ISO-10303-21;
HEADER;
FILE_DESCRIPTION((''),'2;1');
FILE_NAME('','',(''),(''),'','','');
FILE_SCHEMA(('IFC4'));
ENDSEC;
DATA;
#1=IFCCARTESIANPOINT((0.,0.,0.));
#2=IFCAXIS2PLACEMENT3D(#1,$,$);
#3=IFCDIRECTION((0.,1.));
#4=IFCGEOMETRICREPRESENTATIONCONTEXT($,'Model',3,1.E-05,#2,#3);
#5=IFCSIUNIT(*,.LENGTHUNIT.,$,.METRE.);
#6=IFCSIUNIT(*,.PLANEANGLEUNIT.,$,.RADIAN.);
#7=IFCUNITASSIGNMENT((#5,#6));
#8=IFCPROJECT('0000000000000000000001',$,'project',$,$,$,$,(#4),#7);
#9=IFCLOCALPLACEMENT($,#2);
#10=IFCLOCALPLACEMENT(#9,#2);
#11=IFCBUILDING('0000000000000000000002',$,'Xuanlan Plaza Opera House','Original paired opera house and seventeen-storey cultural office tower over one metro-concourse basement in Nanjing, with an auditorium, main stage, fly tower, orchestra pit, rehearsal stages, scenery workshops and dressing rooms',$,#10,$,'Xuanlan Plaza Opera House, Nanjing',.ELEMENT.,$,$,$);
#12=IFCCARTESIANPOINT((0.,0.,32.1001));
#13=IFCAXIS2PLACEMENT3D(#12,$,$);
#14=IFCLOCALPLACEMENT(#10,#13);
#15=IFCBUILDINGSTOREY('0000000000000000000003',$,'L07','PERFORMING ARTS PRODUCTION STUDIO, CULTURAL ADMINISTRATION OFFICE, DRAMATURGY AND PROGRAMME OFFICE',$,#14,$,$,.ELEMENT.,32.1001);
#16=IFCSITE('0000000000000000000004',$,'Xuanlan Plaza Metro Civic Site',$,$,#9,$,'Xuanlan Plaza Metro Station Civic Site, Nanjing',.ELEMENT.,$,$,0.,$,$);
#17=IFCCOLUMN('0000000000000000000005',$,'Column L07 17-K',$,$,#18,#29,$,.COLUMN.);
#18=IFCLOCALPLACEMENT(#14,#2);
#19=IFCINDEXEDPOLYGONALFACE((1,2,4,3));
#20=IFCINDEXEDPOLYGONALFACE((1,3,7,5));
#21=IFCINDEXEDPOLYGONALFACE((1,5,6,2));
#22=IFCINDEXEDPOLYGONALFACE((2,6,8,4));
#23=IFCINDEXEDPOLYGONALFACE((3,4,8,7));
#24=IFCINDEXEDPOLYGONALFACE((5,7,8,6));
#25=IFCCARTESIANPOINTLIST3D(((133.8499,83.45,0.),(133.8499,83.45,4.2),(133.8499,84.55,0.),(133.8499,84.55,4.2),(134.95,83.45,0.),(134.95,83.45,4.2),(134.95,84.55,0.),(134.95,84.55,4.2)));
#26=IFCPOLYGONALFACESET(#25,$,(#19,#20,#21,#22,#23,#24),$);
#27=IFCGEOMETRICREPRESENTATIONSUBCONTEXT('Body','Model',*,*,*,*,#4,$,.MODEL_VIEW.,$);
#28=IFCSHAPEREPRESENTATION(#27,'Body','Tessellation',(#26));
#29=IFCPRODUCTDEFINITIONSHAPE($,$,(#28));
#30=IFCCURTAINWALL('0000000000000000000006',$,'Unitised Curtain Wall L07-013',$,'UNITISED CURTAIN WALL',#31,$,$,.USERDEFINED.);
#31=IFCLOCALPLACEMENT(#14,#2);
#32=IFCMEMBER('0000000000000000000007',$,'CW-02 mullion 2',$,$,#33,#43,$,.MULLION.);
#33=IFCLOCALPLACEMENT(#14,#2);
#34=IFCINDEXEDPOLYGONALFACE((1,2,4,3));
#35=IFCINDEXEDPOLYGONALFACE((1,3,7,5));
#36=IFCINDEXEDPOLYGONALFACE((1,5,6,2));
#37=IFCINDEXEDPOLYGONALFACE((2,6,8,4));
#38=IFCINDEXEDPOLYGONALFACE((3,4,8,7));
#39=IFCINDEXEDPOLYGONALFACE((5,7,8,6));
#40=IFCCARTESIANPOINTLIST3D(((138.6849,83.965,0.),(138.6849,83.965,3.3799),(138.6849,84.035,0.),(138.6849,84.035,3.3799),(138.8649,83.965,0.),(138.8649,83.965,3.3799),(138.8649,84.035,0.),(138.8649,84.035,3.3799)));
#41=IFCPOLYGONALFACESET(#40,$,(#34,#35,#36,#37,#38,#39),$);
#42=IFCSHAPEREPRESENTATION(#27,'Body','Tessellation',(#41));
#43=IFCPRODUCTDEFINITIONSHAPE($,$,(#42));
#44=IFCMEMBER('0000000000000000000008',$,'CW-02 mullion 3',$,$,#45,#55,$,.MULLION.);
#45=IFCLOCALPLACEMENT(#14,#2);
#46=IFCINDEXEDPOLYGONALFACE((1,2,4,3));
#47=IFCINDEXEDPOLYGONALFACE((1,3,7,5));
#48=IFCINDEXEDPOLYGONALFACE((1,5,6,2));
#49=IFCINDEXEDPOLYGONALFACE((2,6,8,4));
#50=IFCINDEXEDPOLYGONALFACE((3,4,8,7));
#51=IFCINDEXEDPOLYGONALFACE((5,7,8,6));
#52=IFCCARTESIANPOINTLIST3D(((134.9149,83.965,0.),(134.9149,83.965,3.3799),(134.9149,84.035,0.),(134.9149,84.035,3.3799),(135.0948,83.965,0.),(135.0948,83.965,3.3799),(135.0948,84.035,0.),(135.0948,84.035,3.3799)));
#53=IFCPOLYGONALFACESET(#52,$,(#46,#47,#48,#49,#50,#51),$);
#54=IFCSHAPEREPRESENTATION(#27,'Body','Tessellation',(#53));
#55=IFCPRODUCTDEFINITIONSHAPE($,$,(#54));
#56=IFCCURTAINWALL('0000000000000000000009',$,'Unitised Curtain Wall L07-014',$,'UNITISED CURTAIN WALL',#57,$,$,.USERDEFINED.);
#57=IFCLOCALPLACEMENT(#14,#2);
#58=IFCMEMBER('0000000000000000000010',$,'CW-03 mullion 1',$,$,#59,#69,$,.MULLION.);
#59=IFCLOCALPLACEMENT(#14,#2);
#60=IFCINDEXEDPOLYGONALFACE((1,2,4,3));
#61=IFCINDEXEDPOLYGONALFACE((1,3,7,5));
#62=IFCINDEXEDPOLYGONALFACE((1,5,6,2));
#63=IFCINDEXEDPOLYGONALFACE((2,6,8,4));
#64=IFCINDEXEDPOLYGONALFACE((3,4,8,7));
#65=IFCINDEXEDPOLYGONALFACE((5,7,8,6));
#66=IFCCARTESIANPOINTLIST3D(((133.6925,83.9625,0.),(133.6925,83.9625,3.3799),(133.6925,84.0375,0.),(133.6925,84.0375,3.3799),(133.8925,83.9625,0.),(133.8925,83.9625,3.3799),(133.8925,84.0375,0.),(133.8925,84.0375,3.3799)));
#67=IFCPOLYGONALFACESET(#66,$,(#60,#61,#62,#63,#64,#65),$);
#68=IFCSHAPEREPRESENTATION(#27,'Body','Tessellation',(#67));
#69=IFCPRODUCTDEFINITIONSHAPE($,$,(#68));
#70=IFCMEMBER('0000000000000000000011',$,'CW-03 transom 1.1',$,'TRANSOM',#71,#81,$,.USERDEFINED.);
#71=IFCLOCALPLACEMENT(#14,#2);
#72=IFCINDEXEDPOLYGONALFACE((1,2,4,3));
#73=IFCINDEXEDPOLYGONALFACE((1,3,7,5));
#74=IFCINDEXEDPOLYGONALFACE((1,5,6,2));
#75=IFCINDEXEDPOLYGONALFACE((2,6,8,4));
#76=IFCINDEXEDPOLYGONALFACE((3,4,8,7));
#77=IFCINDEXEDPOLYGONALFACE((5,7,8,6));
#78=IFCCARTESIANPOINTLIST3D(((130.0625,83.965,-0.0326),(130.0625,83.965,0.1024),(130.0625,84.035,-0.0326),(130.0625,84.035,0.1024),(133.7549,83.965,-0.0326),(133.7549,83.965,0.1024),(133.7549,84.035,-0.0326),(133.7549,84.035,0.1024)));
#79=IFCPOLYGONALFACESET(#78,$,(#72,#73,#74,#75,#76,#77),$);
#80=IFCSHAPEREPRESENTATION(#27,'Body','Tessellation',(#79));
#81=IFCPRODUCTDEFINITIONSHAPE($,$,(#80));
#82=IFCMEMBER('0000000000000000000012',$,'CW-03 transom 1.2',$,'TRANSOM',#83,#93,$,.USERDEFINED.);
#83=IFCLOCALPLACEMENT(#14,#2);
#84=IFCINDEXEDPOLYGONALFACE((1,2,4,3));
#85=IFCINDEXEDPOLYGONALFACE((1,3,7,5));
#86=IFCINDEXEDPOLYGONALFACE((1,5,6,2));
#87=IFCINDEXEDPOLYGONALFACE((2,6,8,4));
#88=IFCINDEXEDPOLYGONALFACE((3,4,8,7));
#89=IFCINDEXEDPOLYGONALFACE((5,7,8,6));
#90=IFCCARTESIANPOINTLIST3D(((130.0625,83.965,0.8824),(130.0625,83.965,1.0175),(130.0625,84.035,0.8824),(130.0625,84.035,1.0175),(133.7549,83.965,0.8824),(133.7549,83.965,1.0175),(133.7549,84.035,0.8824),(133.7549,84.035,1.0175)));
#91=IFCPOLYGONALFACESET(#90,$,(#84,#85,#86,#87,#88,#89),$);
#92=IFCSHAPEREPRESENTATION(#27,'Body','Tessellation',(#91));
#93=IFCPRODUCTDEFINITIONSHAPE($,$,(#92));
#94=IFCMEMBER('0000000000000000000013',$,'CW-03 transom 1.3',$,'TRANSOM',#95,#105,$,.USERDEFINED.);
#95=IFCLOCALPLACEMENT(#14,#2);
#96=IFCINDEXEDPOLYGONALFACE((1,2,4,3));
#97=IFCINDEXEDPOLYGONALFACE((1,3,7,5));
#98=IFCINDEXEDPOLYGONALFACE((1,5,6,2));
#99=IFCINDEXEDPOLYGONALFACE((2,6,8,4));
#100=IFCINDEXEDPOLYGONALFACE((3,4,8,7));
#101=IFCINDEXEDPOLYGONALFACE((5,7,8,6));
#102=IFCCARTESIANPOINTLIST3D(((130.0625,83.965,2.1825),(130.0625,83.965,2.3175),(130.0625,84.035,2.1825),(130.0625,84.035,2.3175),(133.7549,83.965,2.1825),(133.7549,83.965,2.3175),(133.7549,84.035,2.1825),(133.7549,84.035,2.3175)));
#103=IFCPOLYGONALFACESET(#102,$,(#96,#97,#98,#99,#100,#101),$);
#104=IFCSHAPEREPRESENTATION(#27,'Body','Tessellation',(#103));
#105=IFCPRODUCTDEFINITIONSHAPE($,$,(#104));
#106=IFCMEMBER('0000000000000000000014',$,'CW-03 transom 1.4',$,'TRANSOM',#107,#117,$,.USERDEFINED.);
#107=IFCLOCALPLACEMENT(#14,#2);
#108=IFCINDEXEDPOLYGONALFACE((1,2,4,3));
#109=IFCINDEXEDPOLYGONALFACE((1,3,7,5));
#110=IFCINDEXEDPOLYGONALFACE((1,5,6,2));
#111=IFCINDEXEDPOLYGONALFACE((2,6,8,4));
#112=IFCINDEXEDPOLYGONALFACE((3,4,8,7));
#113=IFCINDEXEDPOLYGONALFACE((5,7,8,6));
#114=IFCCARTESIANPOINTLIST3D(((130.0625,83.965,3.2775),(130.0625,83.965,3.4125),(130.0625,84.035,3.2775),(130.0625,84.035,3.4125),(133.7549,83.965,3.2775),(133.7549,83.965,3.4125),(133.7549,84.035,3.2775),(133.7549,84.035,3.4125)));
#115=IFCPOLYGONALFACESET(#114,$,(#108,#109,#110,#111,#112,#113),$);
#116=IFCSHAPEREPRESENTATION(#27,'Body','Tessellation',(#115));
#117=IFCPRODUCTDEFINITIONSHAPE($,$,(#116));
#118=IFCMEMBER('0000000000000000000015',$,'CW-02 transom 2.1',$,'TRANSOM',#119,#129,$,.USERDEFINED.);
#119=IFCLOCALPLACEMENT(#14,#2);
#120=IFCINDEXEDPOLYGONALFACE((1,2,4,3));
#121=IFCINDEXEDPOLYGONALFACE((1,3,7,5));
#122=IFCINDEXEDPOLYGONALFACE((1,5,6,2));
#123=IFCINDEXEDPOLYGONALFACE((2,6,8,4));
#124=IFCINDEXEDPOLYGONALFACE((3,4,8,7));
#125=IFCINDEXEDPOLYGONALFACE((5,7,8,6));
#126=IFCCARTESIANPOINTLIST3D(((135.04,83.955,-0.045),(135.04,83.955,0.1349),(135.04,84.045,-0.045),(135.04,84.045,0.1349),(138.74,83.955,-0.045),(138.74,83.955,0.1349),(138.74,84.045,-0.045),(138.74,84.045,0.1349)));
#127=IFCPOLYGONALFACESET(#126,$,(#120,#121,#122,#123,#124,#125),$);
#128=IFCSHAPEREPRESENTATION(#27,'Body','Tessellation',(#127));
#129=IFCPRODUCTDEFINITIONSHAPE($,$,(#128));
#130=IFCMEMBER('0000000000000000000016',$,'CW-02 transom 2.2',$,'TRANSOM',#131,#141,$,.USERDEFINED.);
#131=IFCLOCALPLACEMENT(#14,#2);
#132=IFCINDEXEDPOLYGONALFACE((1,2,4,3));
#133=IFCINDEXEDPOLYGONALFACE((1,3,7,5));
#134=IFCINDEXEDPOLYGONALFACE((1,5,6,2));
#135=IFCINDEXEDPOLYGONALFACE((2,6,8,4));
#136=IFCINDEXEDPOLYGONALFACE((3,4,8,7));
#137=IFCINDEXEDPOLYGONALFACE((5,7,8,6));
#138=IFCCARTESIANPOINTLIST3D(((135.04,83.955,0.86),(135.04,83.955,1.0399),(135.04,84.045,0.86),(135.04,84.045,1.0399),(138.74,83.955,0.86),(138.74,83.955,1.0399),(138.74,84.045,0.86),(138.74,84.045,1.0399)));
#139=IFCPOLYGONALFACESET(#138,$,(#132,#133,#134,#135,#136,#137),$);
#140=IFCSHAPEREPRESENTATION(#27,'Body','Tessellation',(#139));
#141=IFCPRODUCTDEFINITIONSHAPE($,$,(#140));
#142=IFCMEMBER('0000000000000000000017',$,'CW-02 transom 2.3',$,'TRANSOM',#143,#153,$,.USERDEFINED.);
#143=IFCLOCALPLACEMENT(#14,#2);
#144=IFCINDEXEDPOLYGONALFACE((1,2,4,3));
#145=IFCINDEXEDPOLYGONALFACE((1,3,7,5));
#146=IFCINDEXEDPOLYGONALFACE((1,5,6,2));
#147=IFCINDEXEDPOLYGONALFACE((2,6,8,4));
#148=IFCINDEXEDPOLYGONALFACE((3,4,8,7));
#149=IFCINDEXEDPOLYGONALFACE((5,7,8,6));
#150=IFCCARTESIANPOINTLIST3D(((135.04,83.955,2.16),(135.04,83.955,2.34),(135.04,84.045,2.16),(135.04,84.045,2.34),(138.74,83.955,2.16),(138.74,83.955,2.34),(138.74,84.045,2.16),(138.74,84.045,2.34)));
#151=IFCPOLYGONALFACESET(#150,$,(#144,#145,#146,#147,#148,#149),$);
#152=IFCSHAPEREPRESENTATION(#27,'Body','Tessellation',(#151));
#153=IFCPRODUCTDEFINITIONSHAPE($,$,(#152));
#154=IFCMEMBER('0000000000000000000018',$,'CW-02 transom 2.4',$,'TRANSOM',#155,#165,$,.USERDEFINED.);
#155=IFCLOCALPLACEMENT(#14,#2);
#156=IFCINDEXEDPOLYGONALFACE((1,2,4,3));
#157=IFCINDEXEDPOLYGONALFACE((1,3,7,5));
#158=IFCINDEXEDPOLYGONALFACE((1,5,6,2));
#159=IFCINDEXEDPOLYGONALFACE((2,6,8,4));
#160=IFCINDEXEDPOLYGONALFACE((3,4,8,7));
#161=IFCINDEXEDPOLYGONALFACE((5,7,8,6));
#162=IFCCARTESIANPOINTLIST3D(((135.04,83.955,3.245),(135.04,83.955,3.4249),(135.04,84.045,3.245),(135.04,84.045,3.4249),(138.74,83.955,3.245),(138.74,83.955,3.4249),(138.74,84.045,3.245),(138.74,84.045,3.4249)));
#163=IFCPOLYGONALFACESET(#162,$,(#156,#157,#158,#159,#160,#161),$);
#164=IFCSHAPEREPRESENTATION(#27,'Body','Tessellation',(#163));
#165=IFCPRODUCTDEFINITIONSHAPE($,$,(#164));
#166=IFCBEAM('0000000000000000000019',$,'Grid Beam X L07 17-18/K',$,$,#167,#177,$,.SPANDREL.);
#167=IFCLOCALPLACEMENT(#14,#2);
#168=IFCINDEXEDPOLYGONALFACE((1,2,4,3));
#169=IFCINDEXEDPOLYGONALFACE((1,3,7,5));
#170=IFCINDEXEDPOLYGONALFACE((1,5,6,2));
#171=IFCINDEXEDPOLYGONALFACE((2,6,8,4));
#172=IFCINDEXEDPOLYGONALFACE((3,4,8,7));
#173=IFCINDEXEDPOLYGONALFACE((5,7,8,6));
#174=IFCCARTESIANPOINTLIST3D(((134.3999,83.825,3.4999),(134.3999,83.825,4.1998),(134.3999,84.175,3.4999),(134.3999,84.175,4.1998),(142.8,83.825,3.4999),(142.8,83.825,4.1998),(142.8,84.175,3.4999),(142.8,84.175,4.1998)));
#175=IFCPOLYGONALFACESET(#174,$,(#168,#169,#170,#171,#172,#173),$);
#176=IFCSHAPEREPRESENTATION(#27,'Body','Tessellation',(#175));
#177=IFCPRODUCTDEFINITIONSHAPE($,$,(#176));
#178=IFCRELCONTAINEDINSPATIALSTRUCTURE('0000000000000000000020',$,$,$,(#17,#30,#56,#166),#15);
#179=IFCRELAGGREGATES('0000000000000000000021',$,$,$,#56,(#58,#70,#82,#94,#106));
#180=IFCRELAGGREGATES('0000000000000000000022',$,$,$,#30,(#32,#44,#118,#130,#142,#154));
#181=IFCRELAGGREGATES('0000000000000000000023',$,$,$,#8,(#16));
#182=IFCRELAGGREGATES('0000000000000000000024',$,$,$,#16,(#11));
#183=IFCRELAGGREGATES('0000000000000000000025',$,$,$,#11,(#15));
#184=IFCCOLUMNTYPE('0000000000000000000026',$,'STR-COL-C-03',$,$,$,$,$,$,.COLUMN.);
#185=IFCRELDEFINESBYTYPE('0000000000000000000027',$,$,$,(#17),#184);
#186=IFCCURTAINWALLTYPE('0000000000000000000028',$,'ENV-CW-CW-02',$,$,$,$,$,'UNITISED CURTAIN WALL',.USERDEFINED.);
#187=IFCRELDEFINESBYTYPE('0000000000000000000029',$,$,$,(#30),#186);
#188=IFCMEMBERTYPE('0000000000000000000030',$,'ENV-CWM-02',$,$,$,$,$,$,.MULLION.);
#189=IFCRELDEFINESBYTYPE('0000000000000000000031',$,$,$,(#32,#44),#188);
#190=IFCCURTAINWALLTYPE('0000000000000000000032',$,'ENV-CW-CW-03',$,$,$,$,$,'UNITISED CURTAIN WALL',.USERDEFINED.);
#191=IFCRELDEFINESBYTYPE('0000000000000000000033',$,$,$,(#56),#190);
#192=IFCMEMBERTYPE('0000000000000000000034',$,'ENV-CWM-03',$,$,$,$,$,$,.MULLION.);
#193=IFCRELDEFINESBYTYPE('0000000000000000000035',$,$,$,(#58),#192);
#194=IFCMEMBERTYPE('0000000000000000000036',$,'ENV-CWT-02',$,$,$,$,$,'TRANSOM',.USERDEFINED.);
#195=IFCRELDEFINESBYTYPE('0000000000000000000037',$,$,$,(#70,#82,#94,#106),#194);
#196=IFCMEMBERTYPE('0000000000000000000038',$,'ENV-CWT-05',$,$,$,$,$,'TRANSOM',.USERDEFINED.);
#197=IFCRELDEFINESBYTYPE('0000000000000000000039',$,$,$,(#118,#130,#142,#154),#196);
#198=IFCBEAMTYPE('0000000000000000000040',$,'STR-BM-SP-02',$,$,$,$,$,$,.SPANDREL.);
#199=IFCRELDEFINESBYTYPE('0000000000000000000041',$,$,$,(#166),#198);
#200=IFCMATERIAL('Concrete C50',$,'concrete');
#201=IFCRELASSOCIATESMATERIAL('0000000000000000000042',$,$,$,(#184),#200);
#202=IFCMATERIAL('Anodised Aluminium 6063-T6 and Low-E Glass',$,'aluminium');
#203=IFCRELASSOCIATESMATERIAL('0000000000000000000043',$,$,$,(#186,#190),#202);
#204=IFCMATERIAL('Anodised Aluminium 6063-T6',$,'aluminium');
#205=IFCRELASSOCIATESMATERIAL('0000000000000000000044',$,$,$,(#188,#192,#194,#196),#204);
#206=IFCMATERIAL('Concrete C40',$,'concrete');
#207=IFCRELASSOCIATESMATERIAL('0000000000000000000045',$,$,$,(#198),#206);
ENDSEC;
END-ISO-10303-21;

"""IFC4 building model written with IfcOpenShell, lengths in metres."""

from ifc_helpers import new_model, si_unit, direction, frame, origin, origin_2d, place, context, subcontext, project, spatial, rectangle, extrude, material, material_profile, profile_set, type_object, element, aggregate, save


model = new_model("IFC4")

# Units and contexts
model_context = context("Model", 3, precision=1e-05, world=origin(), true_north=direction((0.0, 1.0)))
body_context = subcontext(model_context, "Body", "Model", "MODEL_VIEW")
ifc_project = project(units=[si_unit("LENGTHUNIT", "METRE"), si_unit("PLANEANGLEUNIT", "RADIAN")], contexts=[model_context])

# Site, building, storey
site_placement = place(None, origin())
site = spatial("IfcSite", under=ifc_project, at=site_placement, Name="Xuanlan Plaza Metro Civic Site", LongName="Xuanlan Plaza Metro Station Civic Site, Nanjing", CompositionType="ELEMENT", RefElevation=0.0)
building_placement = place(site_placement, origin())
building = spatial("IfcBuilding", under=site, at=building_placement, Name="Xuanlan Plaza Opera House", Description="Original paired opera house and seventeen-storey cultural office tower over one metro-concourse basement in Nanjing, with an auditorium, main stage, fly tower, orchestra pit, rehearsal stages, scenery workshops and dressing rooms", LongName="Xuanlan Plaza Opera House, Nanjing", CompositionType="ELEMENT")
storey_placement = place(building_placement, frame((0.0, 0.0, 32.1001)))
storey = spatial("IfcBuildingStorey", under=building, at=storey_placement, Name="L07", Description="PERFORMING ARTS PRODUCTION STUDIO, CULTURAL ADMINISTRATION OFFICE, DRAMATURGY AND PROGRAMME OFFICE", CompositionType="ELEMENT", Elevation=32.1001)

# Column
ifc_material_1 = material(Name="Concrete C50", Category="concrete")
ifc_material_profile_1 = material_profile(ifc_material_1, rectangle(XDim=1.1001, YDim=1.1001, at=origin_2d()), Name="RC-COL 1100x1100")
ifc_profile_set_1 = profile_set([ifc_material_profile_1], Name="Concrete C50")
column_type = type_object("IfcColumnType", Name="STR-COL-C-03", PredefinedType="COLUMN", material=ifc_profile_set_1)
column_placement = place(storey_placement, frame((134.3999, 84.0, 0.0), z_axis=(0.0, 0.0, 1.0), x_axis=(1.0, 0.0, 0.0)))
element("IfcColumn", 1, at=column_placement, inside=storey, type_object=column_type, Name="Column L07 17-K", PredefinedType="COLUMN", context=body_context, shape_type="SweptSolid", body=[
    extrude(rectangle(XDim=1.1001, YDim=1.1001, at=origin_2d()), origin(), (0.0, 0.0, 1.0), 4.2),
])

# Curtain walls, members
ifc_material_2 = material(Name="Anodised Aluminium 6063-T6 and Low-E Glass", Category="aluminium")
curtain_wall_type_1 = type_object("IfcCurtainWallType", Name="ENV-CW-CW-02", ElementType="UNITISED CURTAIN WALL", PredefinedType="USERDEFINED", material=ifc_material_2)
curtain_wall_1_placement = place(storey_placement, origin())
curtain_wall_1 = element("IfcCurtainWall", 2, at=curtain_wall_1_placement, inside=storey, type_object=curtain_wall_type_1, Name="Unitised Curtain Wall L07-013", ObjectType="UNITISED CURTAIN WALL", PredefinedType="USERDEFINED")
ifc_material_3 = material(Name="Anodised Aluminium 6063-T6", Category="aluminium")
ifc_material_profile_2 = material_profile(ifc_material_3, rectangle(XDim=0.0701, YDim=0.1799, at=origin_2d()), Name="ALU-M 70x180")
ifc_profile_set_2 = profile_set([ifc_material_profile_2], Name="Anodised Aluminium 6063-T6")
member_type_1 = type_object("IfcMemberType", Name="ENV-CWM-02", PredefinedType="MULLION", material=ifc_profile_set_2)
member_1_placement = place(storey_placement, frame((138.7749, 84.0, 0.0), z_axis=(0.0, 0.0, 1.0), x_axis=(0.0, -1.0, 0.0)))
member_1 = element("IfcMember", 3, at=member_1_placement, type_object=member_type_1, Name="CW-02 mullion 2", PredefinedType="MULLION", context=body_context, shape_type="SweptSolid", body=[
    extrude(rectangle(XDim=0.0701, YDim=0.1799, at=origin_2d()), origin(), (0.0, 0.0, 1.0), 3.3799),
])
member_2_placement = place(storey_placement, frame((135.0049, 84.0, 0.0), z_axis=(0.0, 0.0, 1.0), x_axis=(0.0, -1.0, 0.0)))
member_2 = element("IfcMember", 4, at=member_2_placement, type_object=member_type_1, Name="CW-02 mullion 3", PredefinedType="MULLION", context=body_context, shape_type="SweptSolid", body=[
    extrude(rectangle(XDim=0.0701, YDim=0.1799, at=origin_2d()), origin(), (0.0, 0.0, 1.0), 3.3799),
])
curtain_wall_type_2 = type_object("IfcCurtainWallType", Name="ENV-CW-CW-03", ElementType="UNITISED CURTAIN WALL", PredefinedType="USERDEFINED", material=ifc_material_2)
curtain_wall_2_placement = place(storey_placement, origin())
curtain_wall_2 = element("IfcCurtainWall", 5, at=curtain_wall_2_placement, inside=storey, type_object=curtain_wall_type_2, Name="Unitised Curtain Wall L07-014", ObjectType="UNITISED CURTAIN WALL", PredefinedType="USERDEFINED")
ifc_material_profile_3 = material_profile(ifc_material_3, rectangle(XDim=0.075, YDim=0.2, at=origin_2d()), Name="ALU-M 75x200")
ifc_profile_set_3 = profile_set([ifc_material_profile_3], Name="Anodised Aluminium 6063-T6")
member_type_2 = type_object("IfcMemberType", Name="ENV-CWM-03", PredefinedType="MULLION", material=ifc_profile_set_3)
member_3_placement = place(storey_placement, frame((133.7925, 84.0, 0.0), z_axis=(0.0, 0.0, 1.0), x_axis=(0.0, -1.0, 0.0)))
member_3 = element("IfcMember", 6, at=member_3_placement, type_object=member_type_2, Name="CW-03 mullion 1", PredefinedType="MULLION", context=body_context, shape_type="SweptSolid", body=[
    extrude(rectangle(XDim=0.075, YDim=0.2, at=origin_2d()), origin(), (0.0, 0.0, 1.0), 3.3799),
])
ifc_material_profile_4 = material_profile(ifc_material_3, rectangle(XDim=0.0701, YDim=0.135, at=origin_2d()), Name="ALU-T 70x135")
ifc_profile_set_4 = profile_set([ifc_material_profile_4], Name="Anodised Aluminium 6063-T6")
member_type_3 = type_object("IfcMemberType", Name="ENV-CWT-02", ElementType="TRANSOM", PredefinedType="USERDEFINED", material=ifc_profile_set_4)
member_4_placement = place(storey_placement, frame((133.7549, 84.0, 0.0349), z_axis=(-1.0, 0.0, 0.0), x_axis=(0.0, -1.0, 0.0)))
member_4 = element("IfcMember", 7, at=member_4_placement, type_object=member_type_3, Name="CW-03 transom 1.1", ObjectType="TRANSOM", PredefinedType="USERDEFINED", context=body_context, shape_type="SweptSolid", body=[
    extrude(rectangle(XDim=0.0701, YDim=0.135, at=origin_2d()), origin(), (0.0, 0.0, 1.0), 3.6924),
])
member_5_placement = place(storey_placement, frame((133.7549, 84.0, 0.95), z_axis=(-1.0, 0.0, 0.0), x_axis=(0.0, -1.0, 0.0)))
member_5 = element("IfcMember", 8, at=member_5_placement, type_object=member_type_3, Name="CW-03 transom 1.2", ObjectType="TRANSOM", PredefinedType="USERDEFINED", context=body_context, shape_type="SweptSolid", body=[
    extrude(rectangle(XDim=0.0701, YDim=0.135, at=origin_2d()), origin(), (0.0, 0.0, 1.0), 3.6924),
])
member_6_placement = place(storey_placement, frame((133.7549, 84.0, 2.25), z_axis=(-1.0, 0.0, 0.0), x_axis=(0.0, -1.0, 0.0)))
member_6 = element("IfcMember", 9, at=member_6_placement, type_object=member_type_3, Name="CW-03 transom 1.3", ObjectType="TRANSOM", PredefinedType="USERDEFINED", context=body_context, shape_type="SweptSolid", body=[
    extrude(rectangle(XDim=0.0701, YDim=0.135, at=origin_2d()), origin(), (0.0, 0.0, 1.0), 3.6924),
])
member_7_placement = place(storey_placement, frame((133.7549, 84.0, 3.345), z_axis=(-1.0, 0.0, 0.0), x_axis=(0.0, -1.0, 0.0)))
member_7 = element("IfcMember", 10, at=member_7_placement, type_object=member_type_3, Name="CW-03 transom 1.4", ObjectType="TRANSOM", PredefinedType="USERDEFINED", context=body_context, shape_type="SweptSolid", body=[
    extrude(rectangle(XDim=0.0701, YDim=0.135, at=origin_2d()), origin(), (0.0, 0.0, 1.0), 3.6924),
])

# Members
ifc_material_profile_5 = material_profile(ifc_material_3, rectangle(XDim=0.0901, YDim=0.1799, at=origin_2d()), Name="ALU-T 90x180")
ifc_profile_set_5 = profile_set([ifc_material_profile_5], Name="Anodised Aluminium 6063-T6")
member_type_4 = type_object("IfcMemberType", Name="ENV-CWT-05", ElementType="TRANSOM", PredefinedType="USERDEFINED", material=ifc_profile_set_5)
member_8_placement = place(storey_placement, frame((138.74, 84.0, 0.0449), z_axis=(-1.0, 0.0, 0.0), x_axis=(0.0, -1.0, 0.0)))
member_8 = element("IfcMember", 11, at=member_8_placement, type_object=member_type_4, Name="CW-02 transom 2.1", ObjectType="TRANSOM", PredefinedType="USERDEFINED", context=body_context, shape_type="SweptSolid", body=[
    extrude(rectangle(XDim=0.0901, YDim=0.1799, at=origin_2d()), origin(), (0.0, 0.0, 1.0), 3.7),
])
member_9_placement = place(storey_placement, frame((138.74, 84.0, 0.95), z_axis=(-1.0, 0.0, 0.0), x_axis=(0.0, -1.0, 0.0)))
member_9 = element("IfcMember", 12, at=member_9_placement, type_object=member_type_4, Name="CW-02 transom 2.2", ObjectType="TRANSOM", PredefinedType="USERDEFINED", context=body_context, shape_type="SweptSolid", body=[
    extrude(rectangle(XDim=0.0901, YDim=0.1799, at=origin_2d()), origin(), (0.0, 0.0, 1.0), 3.7),
])
member_10_placement = place(storey_placement, frame((138.74, 84.0, 2.25), z_axis=(-1.0, 0.0, 0.0), x_axis=(0.0, -1.0, 0.0)))
member_10 = element("IfcMember", 13, at=member_10_placement, type_object=member_type_4, Name="CW-02 transom 2.3", ObjectType="TRANSOM", PredefinedType="USERDEFINED", context=body_context, shape_type="SweptSolid", body=[
    extrude(rectangle(XDim=0.0901, YDim=0.1799, at=origin_2d()), origin(), (0.0, 0.0, 1.0), 3.7),
])
member_11_placement = place(storey_placement, frame((138.74, 84.0, 3.335), z_axis=(-1.0, 0.0, 0.0), x_axis=(0.0, -1.0, 0.0)))
member_11 = element("IfcMember", 14, at=member_11_placement, type_object=member_type_4, Name="CW-02 transom 2.4", ObjectType="TRANSOM", PredefinedType="USERDEFINED", context=body_context, shape_type="SweptSolid", body=[
    extrude(rectangle(XDim=0.0901, YDim=0.1799, at=origin_2d()), origin(), (0.0, 0.0, 1.0), 3.7),
])

# Beam
ifc_material_4 = material(Name="Concrete C40", Category="concrete")
ifc_material_profile_6 = material_profile(ifc_material_4, rectangle(XDim=0.3501, YDim=0.7, at=origin_2d()), Name="RC-SPD 350x700")
ifc_profile_set_6 = profile_set([ifc_material_profile_6], Name="Concrete C40")
beam_type = type_object("IfcBeamType", Name="STR-BM-SP-02", PredefinedType="SPANDREL", material=ifc_profile_set_6)
beam_placement = place(storey_placement, frame((134.3999, 84.0, 3.8499), z_axis=(1.0, 0.0, 0.0), x_axis=(0.0, 1.0, 0.0)))
element("IfcBeam", 15, at=beam_placement, inside=storey, type_object=beam_type, Name="Grid Beam X L07 17-18/K", PredefinedType="SPANDREL", context=body_context, shape_type="SweptSolid", body=[
    extrude(rectangle(XDim=0.3501, YDim=0.7, at=origin_2d()), origin(), (0.0, 0.0, 1.0), 8.4001),
])

aggregate(curtain_wall_2, [member_3, member_4, member_5, member_6, member_7])
aggregate(curtain_wall_1, [member_1, member_2, member_8, member_9, member_10, member_11])

save(model, "model.ifc")
